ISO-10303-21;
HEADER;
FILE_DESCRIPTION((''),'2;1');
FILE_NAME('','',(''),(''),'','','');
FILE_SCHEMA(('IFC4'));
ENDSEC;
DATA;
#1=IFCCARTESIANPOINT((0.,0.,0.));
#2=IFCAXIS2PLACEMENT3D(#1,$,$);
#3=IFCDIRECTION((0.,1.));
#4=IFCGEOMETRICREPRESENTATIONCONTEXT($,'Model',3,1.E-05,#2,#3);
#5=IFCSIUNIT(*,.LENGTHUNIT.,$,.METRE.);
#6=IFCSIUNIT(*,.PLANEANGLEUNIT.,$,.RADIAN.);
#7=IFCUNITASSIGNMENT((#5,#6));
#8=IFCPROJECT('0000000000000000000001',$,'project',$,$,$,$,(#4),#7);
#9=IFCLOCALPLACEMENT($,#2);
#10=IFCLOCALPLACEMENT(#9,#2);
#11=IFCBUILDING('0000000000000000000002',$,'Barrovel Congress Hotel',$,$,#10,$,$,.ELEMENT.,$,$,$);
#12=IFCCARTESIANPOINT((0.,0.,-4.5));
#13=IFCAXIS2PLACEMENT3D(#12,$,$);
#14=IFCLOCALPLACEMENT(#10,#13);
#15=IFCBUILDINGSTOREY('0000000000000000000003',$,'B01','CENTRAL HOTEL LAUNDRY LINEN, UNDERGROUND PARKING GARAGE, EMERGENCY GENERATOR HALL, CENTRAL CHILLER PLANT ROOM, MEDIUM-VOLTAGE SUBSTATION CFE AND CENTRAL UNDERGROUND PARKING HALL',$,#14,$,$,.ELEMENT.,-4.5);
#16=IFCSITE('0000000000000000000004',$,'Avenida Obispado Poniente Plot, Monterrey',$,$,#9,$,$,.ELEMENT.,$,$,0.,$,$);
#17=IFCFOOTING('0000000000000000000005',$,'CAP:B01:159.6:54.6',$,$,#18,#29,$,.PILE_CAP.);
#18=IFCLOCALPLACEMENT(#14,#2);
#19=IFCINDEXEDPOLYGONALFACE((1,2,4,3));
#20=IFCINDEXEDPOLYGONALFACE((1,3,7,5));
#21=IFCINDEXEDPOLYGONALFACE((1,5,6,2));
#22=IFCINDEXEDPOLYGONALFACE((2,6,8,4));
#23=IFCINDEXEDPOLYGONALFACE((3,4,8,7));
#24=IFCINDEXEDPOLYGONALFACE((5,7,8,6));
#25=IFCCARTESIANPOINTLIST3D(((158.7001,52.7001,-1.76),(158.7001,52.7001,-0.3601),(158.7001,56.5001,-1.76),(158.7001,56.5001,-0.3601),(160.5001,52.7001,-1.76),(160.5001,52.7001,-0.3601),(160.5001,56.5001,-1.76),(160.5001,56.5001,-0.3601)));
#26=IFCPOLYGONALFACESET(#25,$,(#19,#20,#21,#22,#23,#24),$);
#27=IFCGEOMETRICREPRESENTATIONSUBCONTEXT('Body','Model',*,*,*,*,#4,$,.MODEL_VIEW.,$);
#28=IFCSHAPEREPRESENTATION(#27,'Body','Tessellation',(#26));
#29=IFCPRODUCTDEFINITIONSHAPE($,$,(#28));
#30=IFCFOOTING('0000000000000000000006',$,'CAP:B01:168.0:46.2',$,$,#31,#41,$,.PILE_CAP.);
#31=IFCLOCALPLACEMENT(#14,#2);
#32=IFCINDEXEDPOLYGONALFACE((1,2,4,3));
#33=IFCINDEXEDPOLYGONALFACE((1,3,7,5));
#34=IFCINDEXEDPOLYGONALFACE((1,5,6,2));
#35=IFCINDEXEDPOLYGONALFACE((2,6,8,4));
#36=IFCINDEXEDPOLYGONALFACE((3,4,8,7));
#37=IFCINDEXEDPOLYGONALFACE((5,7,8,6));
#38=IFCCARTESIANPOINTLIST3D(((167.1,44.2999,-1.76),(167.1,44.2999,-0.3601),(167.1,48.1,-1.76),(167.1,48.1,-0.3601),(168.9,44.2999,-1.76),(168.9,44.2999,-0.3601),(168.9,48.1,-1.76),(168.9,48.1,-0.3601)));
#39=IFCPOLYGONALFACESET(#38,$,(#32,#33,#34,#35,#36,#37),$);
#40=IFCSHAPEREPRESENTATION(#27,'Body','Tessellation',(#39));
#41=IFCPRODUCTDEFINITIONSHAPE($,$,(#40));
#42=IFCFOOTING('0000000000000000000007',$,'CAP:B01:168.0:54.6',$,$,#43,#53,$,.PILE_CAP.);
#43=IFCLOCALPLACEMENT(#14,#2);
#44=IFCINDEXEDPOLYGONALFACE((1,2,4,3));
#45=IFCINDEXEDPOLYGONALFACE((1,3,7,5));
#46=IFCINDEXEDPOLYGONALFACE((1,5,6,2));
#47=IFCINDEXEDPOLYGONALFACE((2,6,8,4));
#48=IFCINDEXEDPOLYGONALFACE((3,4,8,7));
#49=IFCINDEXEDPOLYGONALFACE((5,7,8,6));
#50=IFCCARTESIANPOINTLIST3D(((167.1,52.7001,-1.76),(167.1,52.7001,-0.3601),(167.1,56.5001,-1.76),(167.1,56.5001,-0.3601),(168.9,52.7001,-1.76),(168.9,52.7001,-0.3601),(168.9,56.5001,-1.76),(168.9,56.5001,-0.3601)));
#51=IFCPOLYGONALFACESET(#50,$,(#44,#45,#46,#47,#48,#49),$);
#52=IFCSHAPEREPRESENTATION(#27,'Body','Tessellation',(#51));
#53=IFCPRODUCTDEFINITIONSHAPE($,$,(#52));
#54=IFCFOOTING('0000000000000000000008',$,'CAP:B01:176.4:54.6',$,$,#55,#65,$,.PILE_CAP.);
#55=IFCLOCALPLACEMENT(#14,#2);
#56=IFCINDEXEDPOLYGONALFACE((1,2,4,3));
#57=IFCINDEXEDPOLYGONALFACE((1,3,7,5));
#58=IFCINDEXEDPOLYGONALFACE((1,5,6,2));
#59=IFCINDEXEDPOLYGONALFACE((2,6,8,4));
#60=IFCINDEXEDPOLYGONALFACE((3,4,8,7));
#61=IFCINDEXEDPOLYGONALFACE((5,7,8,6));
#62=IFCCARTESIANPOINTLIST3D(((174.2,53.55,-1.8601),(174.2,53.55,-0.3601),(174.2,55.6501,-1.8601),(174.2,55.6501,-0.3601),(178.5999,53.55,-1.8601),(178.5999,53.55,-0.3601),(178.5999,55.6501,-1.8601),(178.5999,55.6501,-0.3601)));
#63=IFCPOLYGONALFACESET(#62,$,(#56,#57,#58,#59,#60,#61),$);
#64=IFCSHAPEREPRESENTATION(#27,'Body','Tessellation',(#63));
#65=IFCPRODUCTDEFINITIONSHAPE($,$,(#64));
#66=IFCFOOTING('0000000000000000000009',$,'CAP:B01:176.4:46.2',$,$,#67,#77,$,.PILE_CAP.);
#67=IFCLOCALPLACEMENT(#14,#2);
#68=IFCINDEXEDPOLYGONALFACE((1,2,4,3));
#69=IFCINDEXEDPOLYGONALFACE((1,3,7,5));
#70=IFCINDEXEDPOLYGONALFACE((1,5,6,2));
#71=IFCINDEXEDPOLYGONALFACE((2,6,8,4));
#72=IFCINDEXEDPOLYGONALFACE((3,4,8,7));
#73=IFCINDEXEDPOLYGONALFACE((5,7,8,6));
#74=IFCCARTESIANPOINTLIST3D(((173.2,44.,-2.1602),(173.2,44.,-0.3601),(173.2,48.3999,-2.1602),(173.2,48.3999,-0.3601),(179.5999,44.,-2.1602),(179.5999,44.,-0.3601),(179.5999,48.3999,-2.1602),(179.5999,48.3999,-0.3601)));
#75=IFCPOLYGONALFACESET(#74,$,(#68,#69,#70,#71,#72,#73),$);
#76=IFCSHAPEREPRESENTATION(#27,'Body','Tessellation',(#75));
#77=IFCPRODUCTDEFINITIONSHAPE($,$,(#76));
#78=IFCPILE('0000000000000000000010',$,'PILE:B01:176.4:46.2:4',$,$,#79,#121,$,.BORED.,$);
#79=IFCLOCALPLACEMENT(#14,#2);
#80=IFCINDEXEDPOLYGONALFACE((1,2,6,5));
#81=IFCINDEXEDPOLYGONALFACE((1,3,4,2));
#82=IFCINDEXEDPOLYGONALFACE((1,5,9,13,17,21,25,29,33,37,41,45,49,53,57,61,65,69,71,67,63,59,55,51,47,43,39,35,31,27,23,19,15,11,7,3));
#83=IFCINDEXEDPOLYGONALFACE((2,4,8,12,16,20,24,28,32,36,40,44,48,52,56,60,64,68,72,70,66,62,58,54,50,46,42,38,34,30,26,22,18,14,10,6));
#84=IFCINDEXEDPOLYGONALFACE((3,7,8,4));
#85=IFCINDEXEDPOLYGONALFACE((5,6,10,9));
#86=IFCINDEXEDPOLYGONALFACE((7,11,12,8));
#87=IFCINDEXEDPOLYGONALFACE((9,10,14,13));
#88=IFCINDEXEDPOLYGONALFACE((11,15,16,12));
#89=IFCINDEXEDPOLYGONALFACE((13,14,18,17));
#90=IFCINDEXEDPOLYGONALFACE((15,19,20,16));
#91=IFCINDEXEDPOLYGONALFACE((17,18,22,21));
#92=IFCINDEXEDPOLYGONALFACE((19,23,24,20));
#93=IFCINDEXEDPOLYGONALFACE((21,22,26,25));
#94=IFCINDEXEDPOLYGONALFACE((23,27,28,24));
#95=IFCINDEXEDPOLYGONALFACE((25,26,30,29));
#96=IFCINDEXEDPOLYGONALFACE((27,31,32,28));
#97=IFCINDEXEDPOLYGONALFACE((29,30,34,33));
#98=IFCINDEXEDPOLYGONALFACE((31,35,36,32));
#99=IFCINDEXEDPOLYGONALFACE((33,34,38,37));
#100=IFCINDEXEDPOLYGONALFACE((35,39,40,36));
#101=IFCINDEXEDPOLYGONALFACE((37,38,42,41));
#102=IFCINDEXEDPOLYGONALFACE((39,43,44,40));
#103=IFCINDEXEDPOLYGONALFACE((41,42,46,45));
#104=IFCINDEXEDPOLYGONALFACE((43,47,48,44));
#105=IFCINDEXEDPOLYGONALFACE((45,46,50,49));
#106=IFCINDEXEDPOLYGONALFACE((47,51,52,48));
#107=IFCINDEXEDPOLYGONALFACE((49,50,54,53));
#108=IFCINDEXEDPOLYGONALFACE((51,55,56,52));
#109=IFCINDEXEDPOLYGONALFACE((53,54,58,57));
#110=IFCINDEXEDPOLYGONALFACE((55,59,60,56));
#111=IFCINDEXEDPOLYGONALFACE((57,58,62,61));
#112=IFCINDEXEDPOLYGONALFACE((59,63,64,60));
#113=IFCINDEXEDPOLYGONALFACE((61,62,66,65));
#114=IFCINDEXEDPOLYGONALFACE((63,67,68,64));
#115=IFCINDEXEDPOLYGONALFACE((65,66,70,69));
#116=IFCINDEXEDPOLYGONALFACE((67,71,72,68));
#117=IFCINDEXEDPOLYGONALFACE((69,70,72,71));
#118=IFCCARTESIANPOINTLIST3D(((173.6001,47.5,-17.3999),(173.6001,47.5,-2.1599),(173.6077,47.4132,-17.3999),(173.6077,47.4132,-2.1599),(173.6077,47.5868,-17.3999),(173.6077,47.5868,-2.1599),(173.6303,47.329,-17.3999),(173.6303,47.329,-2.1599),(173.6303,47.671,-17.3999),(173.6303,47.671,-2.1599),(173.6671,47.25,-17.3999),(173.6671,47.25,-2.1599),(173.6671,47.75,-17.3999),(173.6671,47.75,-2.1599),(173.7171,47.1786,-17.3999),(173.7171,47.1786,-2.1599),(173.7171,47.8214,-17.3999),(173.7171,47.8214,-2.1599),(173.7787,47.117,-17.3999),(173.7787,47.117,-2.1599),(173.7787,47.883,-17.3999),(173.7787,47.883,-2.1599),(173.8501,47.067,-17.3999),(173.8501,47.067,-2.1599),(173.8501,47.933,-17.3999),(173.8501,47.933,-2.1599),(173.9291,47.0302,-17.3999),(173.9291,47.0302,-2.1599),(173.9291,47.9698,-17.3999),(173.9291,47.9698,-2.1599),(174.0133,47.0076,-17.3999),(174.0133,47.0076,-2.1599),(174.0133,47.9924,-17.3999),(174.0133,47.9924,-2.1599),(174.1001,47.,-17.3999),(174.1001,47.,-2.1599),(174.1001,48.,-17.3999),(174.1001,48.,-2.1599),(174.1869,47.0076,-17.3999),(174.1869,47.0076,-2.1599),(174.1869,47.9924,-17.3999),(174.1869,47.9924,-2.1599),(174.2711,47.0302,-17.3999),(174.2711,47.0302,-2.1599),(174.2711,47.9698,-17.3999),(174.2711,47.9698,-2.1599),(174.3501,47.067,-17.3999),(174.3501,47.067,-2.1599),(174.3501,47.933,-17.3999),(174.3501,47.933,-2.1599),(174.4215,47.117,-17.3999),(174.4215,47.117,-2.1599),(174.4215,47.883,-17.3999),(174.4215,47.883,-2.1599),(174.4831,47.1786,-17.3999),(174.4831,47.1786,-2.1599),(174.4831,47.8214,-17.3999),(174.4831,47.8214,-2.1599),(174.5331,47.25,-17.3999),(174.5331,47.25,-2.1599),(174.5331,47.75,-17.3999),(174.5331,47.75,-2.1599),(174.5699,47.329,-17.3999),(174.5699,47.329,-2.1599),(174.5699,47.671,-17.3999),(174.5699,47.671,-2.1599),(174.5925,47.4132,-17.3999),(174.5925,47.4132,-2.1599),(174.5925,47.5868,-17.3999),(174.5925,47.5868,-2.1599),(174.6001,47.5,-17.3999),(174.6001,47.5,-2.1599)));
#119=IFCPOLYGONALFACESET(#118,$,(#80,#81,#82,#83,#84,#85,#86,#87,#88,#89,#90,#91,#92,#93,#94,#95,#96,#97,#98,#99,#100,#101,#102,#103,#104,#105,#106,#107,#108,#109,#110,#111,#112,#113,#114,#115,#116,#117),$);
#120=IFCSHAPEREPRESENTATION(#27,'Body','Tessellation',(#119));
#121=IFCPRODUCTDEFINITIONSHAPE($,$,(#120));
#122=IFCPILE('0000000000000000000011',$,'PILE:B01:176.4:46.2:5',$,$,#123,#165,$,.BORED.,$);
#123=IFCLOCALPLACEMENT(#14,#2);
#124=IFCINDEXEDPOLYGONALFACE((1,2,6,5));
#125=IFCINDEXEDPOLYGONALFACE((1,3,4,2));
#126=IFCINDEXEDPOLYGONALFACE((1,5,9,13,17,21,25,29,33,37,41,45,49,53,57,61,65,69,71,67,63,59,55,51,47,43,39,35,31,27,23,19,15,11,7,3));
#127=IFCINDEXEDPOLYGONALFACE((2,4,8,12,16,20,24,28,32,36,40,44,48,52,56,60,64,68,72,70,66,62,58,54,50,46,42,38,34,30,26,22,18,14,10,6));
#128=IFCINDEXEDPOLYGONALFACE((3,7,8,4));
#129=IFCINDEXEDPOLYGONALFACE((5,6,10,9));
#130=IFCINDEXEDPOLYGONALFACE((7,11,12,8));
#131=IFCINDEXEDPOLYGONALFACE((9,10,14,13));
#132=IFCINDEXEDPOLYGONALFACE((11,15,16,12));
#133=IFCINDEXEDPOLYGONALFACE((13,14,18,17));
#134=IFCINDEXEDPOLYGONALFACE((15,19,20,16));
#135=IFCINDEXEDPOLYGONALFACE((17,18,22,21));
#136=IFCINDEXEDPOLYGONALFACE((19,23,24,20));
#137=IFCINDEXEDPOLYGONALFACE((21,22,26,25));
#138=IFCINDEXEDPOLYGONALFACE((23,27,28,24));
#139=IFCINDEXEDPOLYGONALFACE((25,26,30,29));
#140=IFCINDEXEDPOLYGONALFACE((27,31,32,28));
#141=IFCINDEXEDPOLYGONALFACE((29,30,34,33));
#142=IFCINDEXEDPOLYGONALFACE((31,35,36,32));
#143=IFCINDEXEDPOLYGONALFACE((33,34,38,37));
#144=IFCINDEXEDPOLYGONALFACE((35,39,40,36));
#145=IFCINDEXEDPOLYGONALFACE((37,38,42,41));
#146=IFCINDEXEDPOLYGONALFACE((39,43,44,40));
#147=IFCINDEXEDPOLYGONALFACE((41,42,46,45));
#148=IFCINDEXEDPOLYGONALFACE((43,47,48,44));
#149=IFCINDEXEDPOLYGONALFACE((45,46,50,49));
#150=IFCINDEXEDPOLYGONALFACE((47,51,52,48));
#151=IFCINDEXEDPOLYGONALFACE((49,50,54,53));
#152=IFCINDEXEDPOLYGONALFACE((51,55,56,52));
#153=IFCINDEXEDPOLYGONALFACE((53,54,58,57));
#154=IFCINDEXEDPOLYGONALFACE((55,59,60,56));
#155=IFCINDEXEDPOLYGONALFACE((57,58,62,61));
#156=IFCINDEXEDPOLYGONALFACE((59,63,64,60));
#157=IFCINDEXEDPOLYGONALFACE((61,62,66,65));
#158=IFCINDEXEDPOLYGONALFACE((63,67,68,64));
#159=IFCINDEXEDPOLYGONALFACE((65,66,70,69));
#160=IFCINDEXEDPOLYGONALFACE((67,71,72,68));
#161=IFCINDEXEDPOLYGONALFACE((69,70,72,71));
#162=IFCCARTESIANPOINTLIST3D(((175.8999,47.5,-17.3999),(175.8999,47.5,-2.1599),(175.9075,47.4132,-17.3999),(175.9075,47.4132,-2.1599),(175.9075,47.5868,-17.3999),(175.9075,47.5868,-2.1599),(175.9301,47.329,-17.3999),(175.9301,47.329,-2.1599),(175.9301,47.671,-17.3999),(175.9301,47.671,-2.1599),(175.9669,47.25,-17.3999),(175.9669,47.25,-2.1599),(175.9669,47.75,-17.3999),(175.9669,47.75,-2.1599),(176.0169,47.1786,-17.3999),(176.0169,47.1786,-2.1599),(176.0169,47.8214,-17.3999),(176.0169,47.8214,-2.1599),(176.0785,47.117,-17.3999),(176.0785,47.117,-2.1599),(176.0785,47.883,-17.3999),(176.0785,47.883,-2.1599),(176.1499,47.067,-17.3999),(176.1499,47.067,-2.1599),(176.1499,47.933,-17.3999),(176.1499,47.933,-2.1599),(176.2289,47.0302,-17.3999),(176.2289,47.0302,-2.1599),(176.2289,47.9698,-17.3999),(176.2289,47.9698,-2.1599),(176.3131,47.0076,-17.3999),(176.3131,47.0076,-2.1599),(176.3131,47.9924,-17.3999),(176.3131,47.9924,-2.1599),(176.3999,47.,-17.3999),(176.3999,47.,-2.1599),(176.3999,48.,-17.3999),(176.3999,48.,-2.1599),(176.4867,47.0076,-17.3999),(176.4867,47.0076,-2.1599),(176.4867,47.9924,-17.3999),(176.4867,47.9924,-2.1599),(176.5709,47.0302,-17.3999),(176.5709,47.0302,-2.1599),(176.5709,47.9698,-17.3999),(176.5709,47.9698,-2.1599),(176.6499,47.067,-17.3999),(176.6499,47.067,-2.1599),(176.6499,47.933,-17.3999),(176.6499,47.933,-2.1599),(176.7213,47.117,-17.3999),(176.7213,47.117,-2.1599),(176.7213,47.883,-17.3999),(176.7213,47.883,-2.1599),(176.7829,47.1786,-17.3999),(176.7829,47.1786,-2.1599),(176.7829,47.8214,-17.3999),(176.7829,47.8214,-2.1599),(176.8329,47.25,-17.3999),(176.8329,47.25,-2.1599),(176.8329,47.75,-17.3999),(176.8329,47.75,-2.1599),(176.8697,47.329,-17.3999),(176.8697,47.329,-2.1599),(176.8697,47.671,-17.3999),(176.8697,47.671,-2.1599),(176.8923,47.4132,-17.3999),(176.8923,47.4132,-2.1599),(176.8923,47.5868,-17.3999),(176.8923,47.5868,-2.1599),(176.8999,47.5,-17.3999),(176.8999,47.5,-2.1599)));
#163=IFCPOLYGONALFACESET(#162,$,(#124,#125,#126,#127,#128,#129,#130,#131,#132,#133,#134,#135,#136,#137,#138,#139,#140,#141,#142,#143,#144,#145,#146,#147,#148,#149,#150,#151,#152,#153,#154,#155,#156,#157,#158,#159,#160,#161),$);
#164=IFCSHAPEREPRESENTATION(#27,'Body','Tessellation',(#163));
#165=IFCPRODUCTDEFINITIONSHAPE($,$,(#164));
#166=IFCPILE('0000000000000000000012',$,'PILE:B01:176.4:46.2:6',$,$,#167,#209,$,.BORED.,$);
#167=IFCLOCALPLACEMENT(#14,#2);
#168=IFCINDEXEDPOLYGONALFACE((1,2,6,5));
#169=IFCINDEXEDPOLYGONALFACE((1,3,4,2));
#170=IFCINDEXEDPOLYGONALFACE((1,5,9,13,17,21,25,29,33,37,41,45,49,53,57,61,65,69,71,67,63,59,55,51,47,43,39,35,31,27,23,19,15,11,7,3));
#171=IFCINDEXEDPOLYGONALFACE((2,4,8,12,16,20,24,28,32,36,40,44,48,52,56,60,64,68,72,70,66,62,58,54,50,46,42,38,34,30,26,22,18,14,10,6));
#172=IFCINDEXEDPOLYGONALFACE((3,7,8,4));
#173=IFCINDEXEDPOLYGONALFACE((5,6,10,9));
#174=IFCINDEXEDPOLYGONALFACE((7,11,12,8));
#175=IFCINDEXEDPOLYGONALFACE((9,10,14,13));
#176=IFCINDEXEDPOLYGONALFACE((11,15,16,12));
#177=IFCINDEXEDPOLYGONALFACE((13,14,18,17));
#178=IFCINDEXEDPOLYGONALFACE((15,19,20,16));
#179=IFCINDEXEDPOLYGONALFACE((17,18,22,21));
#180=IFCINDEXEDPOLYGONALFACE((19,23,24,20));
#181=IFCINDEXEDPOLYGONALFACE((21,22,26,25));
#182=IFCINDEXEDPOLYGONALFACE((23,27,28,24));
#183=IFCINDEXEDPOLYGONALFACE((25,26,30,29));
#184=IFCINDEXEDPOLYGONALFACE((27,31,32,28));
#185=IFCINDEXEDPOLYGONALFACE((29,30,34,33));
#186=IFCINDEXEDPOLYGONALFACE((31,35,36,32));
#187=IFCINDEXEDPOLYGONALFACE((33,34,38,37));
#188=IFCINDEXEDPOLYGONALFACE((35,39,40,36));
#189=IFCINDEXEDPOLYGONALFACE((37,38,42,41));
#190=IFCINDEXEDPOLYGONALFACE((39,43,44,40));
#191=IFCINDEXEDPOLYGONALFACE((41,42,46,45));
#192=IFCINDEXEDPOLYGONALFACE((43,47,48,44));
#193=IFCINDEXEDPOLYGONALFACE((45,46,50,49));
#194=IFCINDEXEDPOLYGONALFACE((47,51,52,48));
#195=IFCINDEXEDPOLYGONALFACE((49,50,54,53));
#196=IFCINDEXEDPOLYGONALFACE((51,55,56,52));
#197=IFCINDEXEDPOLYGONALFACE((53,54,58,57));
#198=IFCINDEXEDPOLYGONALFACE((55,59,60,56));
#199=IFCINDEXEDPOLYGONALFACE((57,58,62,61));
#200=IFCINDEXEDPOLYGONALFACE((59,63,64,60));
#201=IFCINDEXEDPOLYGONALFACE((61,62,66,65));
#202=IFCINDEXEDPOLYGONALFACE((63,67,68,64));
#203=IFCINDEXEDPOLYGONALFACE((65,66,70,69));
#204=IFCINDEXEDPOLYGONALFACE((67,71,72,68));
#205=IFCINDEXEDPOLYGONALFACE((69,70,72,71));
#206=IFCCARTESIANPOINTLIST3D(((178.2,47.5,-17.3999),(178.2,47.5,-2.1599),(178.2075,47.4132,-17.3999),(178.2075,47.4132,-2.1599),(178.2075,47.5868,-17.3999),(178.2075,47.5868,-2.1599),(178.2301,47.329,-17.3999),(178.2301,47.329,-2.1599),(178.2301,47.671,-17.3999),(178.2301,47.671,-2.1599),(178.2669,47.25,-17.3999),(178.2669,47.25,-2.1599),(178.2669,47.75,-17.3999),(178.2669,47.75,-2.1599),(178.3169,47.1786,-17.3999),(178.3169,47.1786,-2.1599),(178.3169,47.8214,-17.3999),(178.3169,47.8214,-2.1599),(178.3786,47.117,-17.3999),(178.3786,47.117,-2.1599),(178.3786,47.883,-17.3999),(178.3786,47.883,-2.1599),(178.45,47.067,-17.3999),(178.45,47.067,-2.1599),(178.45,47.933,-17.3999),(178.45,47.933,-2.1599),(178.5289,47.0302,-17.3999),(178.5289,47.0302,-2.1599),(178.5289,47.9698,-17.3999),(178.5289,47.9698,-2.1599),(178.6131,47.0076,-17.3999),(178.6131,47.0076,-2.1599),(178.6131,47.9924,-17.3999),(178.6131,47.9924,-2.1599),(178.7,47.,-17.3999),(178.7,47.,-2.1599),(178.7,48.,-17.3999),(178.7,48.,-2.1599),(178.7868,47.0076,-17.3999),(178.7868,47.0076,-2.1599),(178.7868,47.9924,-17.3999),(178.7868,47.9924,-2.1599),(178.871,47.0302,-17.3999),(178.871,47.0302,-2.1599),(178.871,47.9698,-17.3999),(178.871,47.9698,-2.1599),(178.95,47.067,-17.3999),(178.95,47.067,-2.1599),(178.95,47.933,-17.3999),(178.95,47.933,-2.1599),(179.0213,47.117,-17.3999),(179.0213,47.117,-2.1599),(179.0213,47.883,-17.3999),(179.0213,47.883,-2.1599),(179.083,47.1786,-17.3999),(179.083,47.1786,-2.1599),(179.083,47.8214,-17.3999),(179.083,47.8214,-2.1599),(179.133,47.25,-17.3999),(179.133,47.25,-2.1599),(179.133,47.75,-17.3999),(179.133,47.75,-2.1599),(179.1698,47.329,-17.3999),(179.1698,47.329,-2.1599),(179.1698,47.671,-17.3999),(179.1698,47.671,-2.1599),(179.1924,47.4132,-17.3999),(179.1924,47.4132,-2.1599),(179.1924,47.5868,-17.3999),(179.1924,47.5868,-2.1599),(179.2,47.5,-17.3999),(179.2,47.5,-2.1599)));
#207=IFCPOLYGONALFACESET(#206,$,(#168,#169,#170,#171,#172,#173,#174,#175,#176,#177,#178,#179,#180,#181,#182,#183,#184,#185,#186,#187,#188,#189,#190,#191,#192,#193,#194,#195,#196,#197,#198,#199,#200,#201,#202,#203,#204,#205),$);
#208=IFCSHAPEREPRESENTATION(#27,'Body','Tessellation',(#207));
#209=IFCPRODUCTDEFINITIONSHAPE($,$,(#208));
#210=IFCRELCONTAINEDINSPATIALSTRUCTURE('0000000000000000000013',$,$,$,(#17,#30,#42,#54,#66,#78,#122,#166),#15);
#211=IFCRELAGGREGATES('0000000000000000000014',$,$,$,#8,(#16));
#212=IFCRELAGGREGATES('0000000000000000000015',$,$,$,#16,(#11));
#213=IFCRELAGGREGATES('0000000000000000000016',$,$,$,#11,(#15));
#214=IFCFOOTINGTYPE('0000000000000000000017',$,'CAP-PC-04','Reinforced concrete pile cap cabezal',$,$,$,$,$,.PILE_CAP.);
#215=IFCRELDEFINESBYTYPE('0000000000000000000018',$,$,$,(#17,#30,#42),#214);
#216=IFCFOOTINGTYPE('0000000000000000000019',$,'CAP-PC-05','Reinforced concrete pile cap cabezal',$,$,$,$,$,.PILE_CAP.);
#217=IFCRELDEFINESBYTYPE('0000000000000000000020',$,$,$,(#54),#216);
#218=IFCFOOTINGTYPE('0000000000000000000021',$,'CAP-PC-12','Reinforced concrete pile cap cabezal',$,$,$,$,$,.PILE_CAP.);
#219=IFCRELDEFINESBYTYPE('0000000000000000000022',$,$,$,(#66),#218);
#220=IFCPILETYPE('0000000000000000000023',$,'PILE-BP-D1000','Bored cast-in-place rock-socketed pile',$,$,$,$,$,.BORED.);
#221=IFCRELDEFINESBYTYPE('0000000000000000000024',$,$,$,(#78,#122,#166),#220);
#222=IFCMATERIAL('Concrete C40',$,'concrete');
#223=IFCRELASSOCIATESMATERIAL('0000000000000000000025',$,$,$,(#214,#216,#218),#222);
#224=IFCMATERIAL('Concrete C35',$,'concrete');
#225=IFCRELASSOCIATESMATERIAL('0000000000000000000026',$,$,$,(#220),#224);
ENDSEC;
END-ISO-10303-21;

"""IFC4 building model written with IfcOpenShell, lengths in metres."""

from ifc_helpers import new_model, si_unit, direction, frame, origin, origin_2d, place, context, subcontext, project, spatial, rectangle, circle, extrude, material, material_profile, profile_set, type_object, element, save


model = new_model("IFC4")

# Units and contexts
model_context = context("Model", 3, precision=1e-05, world=origin(), true_north=direction((0.0, 1.0)))
body_context = subcontext(model_context, "Body", "Model", "MODEL_VIEW")
ifc_project = project(units=[si_unit("LENGTHUNIT", "METRE"), si_unit("PLANEANGLEUNIT", "RADIAN")], contexts=[model_context])

# Site, building, storey
site_placement = place(None, origin())
site = spatial("IfcSite", under=ifc_project, at=site_placement, Name="Avenida Obispado Poniente Plot, Monterrey", CompositionType="ELEMENT", RefElevation=0.0)
building_placement = place(site_placement, origin())
building = spatial("IfcBuilding", under=site, at=building_placement, Name="Barrovel Congress Hotel", CompositionType="ELEMENT")
storey_placement = place(building_placement, frame((0.0, 0.0, -4.5)))
storey = spatial("IfcBuildingStorey", under=building, at=storey_placement, Name="B01", Description="CENTRAL HOTEL LAUNDRY LINEN, UNDERGROUND PARKING GARAGE, EMERGENCY GENERATOR HALL, CENTRAL CHILLER PLANT ROOM, MEDIUM-VOLTAGE SUBSTATION CFE AND CENTRAL UNDERGROUND PARKING HALL", CompositionType="ELEMENT", Elevation=-4.5)

# Footings
ifc_material_1 = material(Name="Concrete C40", Category="concrete")
footing_type_1 = type_object("IfcFootingType", Name="CAP-PC-04", Description="Reinforced concrete pile cap cabezal", PredefinedType="PILE_CAP", material=ifc_material_1)
for number, where, z_axis, x_axis, name in (
    (1, (159.6001, 54.6001, -1.76), (0.0, 0.0, 1.0), (1.0, 0.0, 0.0), "CAP:B01:159.6:54.6"),
    (2, (168.0, 46.2, -1.76), (0.0, 0.0, 1.0), (1.0, 0.0, 0.0), "CAP:B01:168.0:46.2"),
    (3, (168.0, 54.6001, -1.76), (0.0, 0.0, 1.0), (1.0, 0.0, 0.0), "CAP:B01:168.0:54.6"),
):
    element("IfcFooting", number, at=place(storey_placement, frame(where, z_axis=z_axis, x_axis=x_axis)), inside=storey, type_object=footing_type_1, Name=name, PredefinedType="PILE_CAP", context=body_context, shape_type="SweptSolid", body=[
        extrude(rectangle(XDim=1.8, YDim=3.8, at=origin_2d()), origin(), (0.0, 0.0, 1.0), 1.3999),
    ])
footing_type_2 = type_object("IfcFootingType", Name="CAP-PC-05", Description="Reinforced concrete pile cap cabezal", PredefinedType="PILE_CAP", material=ifc_material_1)
footing_1_placement = place(storey_placement, frame((176.3999, 54.6001, -1.8601), z_axis=(0.0, 0.0, 1.0), x_axis=(1.0, 0.0, 0.0)))
element("IfcFooting", 4, at=footing_1_placement, inside=storey, type_object=footing_type_2, Name="CAP:B01:176.4:54.6", PredefinedType="PILE_CAP", context=body_context, shape_type="SweptSolid", body=[
    extrude(rectangle(XDim=4.3999, YDim=2.1001, at=origin_2d()), origin(), (0.0, 0.0, 1.0), 1.5),
])
footing_type_3 = type_object("IfcFootingType", Name="CAP-PC-12", Description="Reinforced concrete pile cap cabezal", PredefinedType="PILE_CAP", material=ifc_material_1)
footing_2_placement = place(storey_placement, frame((176.3999, 46.2, -2.1602), z_axis=(0.0, 0.0, 1.0), x_axis=(1.0, 0.0, 0.0)))
element("IfcFooting", 5, at=footing_2_placement, inside=storey, type_object=footing_type_3, Name="CAP:B01:176.4:46.2", PredefinedType="PILE_CAP", context=body_context, shape_type="SweptSolid", body=[
    extrude(rectangle(XDim=6.3999, YDim=4.3999, at=origin_2d()), origin(), (0.0, 0.0, 1.0), 1.8),
])

# Piles
ifc_material_2 = material(Name="Concrete C35", Category="concrete")
ifc_material_profile_1 = material_profile(ifc_material_2, circle(Radius=0.5, at=origin_2d()), Name="BP-D1000")
ifc_profile_set_1 = profile_set([ifc_material_profile_1], Name="Concrete C35")
pile_type_1 = type_object("IfcPileType", Name="PILE-BP-D1000", Description="Bored cast-in-place rock-socketed pile", PredefinedType="BORED", material=ifc_profile_set_1)
for number, where, z_axis, x_axis, name in (
    (6, (174.1001, 47.5, -2.1599), (0.0, 0.0, -1.0), (1.0, 0.0, 0.0), "PILE:B01:176.4:46.2:4"),
    (7, (176.3999, 47.5, -2.1599), (0.0, 0.0, -1.0), (1.0, 0.0, 0.0), "PILE:B01:176.4:46.2:5"),
    (8, (178.7, 47.5, -2.1599), (0.0, 0.0, -1.0), (1.0, 0.0, 0.0), "PILE:B01:176.4:46.2:6"),
):
    element("IfcPile", number, at=place(storey_placement, frame(where, z_axis=z_axis, x_axis=x_axis)), inside=storey, type_object=pile_type_1, Name=name, PredefinedType="BORED", context=body_context, shape_type="SweptSolid", body=[
        extrude(circle(Radius=0.5, at=origin_2d()), origin(), (0.0, 0.0, 1.0), 15.24),
    ])

save(model, "model.ifc")
